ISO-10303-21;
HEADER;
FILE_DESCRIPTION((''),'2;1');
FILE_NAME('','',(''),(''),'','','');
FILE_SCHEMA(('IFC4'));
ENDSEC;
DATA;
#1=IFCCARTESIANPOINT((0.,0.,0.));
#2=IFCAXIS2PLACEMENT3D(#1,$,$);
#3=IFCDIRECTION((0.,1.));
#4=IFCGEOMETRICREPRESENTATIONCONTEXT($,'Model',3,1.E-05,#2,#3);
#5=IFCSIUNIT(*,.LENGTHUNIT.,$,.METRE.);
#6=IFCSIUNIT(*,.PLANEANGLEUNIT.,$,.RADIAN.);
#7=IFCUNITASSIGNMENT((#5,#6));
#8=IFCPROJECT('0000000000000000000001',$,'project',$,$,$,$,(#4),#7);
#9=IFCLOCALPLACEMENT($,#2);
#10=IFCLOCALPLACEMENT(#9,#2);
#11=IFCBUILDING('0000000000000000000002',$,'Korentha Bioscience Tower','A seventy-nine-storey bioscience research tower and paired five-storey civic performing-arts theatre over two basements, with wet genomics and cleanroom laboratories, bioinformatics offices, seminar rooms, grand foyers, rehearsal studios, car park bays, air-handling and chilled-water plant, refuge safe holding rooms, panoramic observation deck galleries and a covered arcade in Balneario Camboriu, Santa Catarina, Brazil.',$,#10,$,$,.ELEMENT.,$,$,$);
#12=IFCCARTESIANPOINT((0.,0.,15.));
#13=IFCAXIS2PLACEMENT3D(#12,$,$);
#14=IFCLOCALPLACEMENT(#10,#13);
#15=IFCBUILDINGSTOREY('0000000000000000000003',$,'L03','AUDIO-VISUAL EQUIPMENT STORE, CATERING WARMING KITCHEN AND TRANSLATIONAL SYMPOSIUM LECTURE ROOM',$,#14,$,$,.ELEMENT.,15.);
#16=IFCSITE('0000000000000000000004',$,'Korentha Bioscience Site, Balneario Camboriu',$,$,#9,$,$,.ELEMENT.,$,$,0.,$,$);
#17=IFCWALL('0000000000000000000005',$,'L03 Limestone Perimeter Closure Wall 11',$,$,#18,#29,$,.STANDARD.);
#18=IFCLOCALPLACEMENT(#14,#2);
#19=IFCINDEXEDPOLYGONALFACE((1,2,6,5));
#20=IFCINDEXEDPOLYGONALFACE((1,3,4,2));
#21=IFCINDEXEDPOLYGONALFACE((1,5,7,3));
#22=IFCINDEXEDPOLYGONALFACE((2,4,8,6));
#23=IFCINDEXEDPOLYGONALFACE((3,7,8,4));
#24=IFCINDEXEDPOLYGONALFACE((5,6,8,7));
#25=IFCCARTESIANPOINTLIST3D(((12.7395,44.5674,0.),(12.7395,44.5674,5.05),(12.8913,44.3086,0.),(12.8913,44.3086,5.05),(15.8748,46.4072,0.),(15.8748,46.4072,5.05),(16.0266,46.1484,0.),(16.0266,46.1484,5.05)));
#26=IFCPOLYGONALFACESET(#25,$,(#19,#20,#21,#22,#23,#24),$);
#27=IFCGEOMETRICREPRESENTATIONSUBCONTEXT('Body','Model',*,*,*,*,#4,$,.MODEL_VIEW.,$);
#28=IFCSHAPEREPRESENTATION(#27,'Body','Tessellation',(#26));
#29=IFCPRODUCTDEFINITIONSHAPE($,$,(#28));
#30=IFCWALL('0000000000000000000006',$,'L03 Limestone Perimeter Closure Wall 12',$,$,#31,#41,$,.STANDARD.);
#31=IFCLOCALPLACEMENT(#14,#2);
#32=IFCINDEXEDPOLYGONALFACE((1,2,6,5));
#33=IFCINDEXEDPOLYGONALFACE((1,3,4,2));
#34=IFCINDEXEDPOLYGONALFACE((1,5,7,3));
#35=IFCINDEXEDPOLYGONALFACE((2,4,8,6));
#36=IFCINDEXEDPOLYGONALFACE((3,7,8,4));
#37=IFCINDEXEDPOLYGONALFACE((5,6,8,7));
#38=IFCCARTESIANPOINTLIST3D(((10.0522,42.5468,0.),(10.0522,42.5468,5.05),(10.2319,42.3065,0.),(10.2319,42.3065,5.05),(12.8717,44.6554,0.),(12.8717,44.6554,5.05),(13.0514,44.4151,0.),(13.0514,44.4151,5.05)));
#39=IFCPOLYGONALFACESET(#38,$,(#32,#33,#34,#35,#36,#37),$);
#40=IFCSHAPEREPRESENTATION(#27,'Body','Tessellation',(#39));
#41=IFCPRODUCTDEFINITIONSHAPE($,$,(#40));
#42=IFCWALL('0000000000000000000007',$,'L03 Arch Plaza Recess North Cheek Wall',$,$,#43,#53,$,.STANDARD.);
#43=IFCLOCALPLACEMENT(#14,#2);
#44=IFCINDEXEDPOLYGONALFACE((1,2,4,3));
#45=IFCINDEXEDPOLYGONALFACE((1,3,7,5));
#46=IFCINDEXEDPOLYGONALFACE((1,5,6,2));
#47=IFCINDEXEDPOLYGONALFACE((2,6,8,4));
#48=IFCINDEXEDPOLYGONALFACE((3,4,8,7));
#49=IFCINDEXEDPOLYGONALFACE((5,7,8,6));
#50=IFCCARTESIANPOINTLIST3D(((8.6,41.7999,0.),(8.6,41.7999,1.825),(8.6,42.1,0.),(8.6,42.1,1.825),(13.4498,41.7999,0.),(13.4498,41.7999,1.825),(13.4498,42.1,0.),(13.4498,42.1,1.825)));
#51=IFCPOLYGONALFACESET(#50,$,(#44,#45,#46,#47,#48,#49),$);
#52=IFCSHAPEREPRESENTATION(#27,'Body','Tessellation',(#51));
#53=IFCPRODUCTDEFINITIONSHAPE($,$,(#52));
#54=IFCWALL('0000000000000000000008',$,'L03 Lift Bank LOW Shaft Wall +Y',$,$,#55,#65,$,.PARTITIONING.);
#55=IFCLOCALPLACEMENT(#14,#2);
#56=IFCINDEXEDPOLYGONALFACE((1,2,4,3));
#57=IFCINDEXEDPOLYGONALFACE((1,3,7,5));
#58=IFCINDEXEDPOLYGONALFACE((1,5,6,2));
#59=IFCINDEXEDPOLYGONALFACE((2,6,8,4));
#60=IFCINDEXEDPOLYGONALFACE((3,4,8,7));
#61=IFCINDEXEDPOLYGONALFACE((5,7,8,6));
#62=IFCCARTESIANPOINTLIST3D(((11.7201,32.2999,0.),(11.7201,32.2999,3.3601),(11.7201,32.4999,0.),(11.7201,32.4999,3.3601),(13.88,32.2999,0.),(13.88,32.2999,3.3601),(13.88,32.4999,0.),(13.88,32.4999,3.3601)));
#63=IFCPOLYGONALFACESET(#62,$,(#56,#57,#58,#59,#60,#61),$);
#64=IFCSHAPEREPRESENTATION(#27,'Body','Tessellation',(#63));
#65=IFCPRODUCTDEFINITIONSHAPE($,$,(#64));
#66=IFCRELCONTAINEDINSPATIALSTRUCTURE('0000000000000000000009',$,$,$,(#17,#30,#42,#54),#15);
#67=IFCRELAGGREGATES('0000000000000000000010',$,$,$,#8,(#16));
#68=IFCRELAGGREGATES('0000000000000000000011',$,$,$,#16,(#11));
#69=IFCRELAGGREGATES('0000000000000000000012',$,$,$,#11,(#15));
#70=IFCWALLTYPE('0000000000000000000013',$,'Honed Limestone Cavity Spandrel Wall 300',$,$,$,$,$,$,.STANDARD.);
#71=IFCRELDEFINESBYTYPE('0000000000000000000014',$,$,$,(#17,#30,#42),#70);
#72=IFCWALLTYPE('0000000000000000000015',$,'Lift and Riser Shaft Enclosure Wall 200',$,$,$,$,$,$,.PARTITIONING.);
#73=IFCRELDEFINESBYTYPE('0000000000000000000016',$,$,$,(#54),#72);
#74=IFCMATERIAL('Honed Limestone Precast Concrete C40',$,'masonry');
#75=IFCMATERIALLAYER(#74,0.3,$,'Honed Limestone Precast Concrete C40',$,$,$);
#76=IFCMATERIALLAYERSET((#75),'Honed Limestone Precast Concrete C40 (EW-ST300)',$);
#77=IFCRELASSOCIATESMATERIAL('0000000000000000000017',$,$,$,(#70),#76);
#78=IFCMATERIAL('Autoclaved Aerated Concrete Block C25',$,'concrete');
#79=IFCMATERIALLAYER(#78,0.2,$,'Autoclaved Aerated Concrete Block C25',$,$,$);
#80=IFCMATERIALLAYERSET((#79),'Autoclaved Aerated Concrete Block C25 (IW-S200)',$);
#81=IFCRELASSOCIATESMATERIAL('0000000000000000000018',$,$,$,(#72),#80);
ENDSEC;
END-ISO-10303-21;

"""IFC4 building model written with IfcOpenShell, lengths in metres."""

from ifc_helpers import new_model, si_unit, direction, frame, frame_2d, origin, place, context, subcontext, project, spatial, rectangle, extrude, material, layer, layer_set, type_object, element, save


model = new_model("IFC4")

# Units and contexts
model_context = context("Model", 3, precision=1e-05, world=origin(), true_north=direction((0.0, 1.0)))
body_context = subcontext(model_context, "Body", "Model", "MODEL_VIEW")
ifc_project = project(units=[si_unit("LENGTHUNIT", "METRE"), si_unit("PLANEANGLEUNIT", "RADIAN")], contexts=[model_context])

# Site, building, storey
site_placement = place(None, origin())
site = spatial("IfcSite", under=ifc_project, at=site_placement, Name="Korentha Bioscience Site, Balneario Camboriu", CompositionType="ELEMENT", RefElevation=0.0)
building_placement = place(site_placement, origin())
building = spatial("IfcBuilding", under=site, at=building_placement, Name="Korentha Bioscience Tower", Description="A seventy-nine-storey bioscience research tower and paired five-storey civic performing-arts theatre over two basements, with wet genomics and cleanroom laboratories, bioinformatics offices, seminar rooms, grand foyers, rehearsal studios, car park bays, air-handling and chilled-water plant, refuge safe holding rooms, panoramic observation deck galleries and a covered arcade in Balneario Camboriu, Santa Catarina, Brazil.", CompositionType="ELEMENT")
storey_placement = place(building_placement, frame((0.0, 0.0, 15.0)))
storey = spatial("IfcBuildingStorey", under=building, at=storey_placement, Name="L03", Description="AUDIO-VISUAL EQUIPMENT STORE, CATERING WARMING KITCHEN AND TRANSLATIONAL SYMPOSIUM LECTURE ROOM", CompositionType="ELEMENT", Elevation=15.0)

# Walls
ifc_material_1 = material(Name="Honed Limestone Precast Concrete C40", Category="masonry")
ifc_layer_1 = layer(ifc_material_1, 0.3, Name="Honed Limestone Precast Concrete C40")
ifc_layer_set_1 = layer_set([ifc_layer_1], Name="Honed Limestone Precast Concrete C40 (EW-ST300)")
wall_type_1 = type_object("IfcWallType", Name="Honed Limestone Cavity Spandrel Wall 300", PredefinedType="STANDARD", material=ifc_layer_set_1)
wall_1_placement = place(storey_placement, frame((15.9507, 46.2778, 0.0), z_axis=(0.0, 0.0, 1.0), x_axis=(-0.862465, -0.506116, 0.0)))
element("IfcWall", 1, at=wall_1_placement, inside=storey, type_object=wall_type_1, Name="L03 Limestone Perimeter Closure Wall 11", PredefinedType="STANDARD", context=body_context, shape_type="SweptSolid", body=[
    extrude(rectangle(XDim=3.6353, YDim=0.3, at=frame_2d((1.8176, 0.0))), origin(), (0.0, 0.0, 1.0), 5.05),
])
wall_2_placement = place(storey_placement, frame((12.9614, 44.5352, 0.0), z_axis=(0.0, 0.0, 1.0), x_axis=(-0.800823, -0.598901, 0.0)))
element("IfcWall", 2, at=wall_2_placement, inside=storey, type_object=wall_type_1, Name="L03 Limestone Perimeter Closure Wall 12", PredefinedType="STANDARD", context=body_context, shape_type="SweptSolid", body=[
    extrude(rectangle(XDim=3.5208, YDim=0.3, at=frame_2d((1.7603, 0.0))), origin(), (0.0, 0.0, 1.0), 5.05),
])
wall_3_placement = place(storey_placement, frame((8.6001, 41.95, 0.0), z_axis=(0.0, 0.0, 1.0), x_axis=(1.0, 0.0, 0.0)))
element("IfcWall", 3, at=wall_3_placement, inside=storey, type_object=wall_type_1, Name="L03 Arch Plaza Recess North Cheek Wall", PredefinedType="STANDARD", context=body_context, shape_type="SweptSolid", body=[
    extrude(rectangle(XDim=4.8499, YDim=0.3, at=frame_2d((2.4248, 0.0))), origin(), (0.0, 0.0, 1.0), 1.825),
])
ifc_material_2 = material(Name="Autoclaved Aerated Concrete Block C25", Category="concrete")
ifc_layer_2 = layer(ifc_material_2, 0.2, Name="Autoclaved Aerated Concrete Block C25")
ifc_layer_set_2 = layer_set([ifc_layer_2], Name="Autoclaved Aerated Concrete Block C25 (IW-S200)")
wall_type_2 = type_object("IfcWallType", Name="Lift and Riser Shaft Enclosure Wall 200", PredefinedType="PARTITIONING", material=ifc_layer_set_2)
wall_4_placement = place(storey_placement, frame((11.72, 32.3999, 0.0), z_axis=(0.0, 0.0, 1.0), x_axis=(1.0, 0.0, 0.0)))
element("IfcWall", 4, at=wall_4_placement, inside=storey, type_object=wall_type_2, Name="L03 Lift Bank LOW Shaft Wall +Y", PredefinedType="PARTITIONING", context=body_context, shape_type="SweptSolid", body=[
    extrude(rectangle(XDim=2.1599, YDim=0.2, at=frame_2d((1.0801, 0.0))), origin(), (0.0, 0.0, 1.0), 3.3601),
])

save(model, "model.ifc")
